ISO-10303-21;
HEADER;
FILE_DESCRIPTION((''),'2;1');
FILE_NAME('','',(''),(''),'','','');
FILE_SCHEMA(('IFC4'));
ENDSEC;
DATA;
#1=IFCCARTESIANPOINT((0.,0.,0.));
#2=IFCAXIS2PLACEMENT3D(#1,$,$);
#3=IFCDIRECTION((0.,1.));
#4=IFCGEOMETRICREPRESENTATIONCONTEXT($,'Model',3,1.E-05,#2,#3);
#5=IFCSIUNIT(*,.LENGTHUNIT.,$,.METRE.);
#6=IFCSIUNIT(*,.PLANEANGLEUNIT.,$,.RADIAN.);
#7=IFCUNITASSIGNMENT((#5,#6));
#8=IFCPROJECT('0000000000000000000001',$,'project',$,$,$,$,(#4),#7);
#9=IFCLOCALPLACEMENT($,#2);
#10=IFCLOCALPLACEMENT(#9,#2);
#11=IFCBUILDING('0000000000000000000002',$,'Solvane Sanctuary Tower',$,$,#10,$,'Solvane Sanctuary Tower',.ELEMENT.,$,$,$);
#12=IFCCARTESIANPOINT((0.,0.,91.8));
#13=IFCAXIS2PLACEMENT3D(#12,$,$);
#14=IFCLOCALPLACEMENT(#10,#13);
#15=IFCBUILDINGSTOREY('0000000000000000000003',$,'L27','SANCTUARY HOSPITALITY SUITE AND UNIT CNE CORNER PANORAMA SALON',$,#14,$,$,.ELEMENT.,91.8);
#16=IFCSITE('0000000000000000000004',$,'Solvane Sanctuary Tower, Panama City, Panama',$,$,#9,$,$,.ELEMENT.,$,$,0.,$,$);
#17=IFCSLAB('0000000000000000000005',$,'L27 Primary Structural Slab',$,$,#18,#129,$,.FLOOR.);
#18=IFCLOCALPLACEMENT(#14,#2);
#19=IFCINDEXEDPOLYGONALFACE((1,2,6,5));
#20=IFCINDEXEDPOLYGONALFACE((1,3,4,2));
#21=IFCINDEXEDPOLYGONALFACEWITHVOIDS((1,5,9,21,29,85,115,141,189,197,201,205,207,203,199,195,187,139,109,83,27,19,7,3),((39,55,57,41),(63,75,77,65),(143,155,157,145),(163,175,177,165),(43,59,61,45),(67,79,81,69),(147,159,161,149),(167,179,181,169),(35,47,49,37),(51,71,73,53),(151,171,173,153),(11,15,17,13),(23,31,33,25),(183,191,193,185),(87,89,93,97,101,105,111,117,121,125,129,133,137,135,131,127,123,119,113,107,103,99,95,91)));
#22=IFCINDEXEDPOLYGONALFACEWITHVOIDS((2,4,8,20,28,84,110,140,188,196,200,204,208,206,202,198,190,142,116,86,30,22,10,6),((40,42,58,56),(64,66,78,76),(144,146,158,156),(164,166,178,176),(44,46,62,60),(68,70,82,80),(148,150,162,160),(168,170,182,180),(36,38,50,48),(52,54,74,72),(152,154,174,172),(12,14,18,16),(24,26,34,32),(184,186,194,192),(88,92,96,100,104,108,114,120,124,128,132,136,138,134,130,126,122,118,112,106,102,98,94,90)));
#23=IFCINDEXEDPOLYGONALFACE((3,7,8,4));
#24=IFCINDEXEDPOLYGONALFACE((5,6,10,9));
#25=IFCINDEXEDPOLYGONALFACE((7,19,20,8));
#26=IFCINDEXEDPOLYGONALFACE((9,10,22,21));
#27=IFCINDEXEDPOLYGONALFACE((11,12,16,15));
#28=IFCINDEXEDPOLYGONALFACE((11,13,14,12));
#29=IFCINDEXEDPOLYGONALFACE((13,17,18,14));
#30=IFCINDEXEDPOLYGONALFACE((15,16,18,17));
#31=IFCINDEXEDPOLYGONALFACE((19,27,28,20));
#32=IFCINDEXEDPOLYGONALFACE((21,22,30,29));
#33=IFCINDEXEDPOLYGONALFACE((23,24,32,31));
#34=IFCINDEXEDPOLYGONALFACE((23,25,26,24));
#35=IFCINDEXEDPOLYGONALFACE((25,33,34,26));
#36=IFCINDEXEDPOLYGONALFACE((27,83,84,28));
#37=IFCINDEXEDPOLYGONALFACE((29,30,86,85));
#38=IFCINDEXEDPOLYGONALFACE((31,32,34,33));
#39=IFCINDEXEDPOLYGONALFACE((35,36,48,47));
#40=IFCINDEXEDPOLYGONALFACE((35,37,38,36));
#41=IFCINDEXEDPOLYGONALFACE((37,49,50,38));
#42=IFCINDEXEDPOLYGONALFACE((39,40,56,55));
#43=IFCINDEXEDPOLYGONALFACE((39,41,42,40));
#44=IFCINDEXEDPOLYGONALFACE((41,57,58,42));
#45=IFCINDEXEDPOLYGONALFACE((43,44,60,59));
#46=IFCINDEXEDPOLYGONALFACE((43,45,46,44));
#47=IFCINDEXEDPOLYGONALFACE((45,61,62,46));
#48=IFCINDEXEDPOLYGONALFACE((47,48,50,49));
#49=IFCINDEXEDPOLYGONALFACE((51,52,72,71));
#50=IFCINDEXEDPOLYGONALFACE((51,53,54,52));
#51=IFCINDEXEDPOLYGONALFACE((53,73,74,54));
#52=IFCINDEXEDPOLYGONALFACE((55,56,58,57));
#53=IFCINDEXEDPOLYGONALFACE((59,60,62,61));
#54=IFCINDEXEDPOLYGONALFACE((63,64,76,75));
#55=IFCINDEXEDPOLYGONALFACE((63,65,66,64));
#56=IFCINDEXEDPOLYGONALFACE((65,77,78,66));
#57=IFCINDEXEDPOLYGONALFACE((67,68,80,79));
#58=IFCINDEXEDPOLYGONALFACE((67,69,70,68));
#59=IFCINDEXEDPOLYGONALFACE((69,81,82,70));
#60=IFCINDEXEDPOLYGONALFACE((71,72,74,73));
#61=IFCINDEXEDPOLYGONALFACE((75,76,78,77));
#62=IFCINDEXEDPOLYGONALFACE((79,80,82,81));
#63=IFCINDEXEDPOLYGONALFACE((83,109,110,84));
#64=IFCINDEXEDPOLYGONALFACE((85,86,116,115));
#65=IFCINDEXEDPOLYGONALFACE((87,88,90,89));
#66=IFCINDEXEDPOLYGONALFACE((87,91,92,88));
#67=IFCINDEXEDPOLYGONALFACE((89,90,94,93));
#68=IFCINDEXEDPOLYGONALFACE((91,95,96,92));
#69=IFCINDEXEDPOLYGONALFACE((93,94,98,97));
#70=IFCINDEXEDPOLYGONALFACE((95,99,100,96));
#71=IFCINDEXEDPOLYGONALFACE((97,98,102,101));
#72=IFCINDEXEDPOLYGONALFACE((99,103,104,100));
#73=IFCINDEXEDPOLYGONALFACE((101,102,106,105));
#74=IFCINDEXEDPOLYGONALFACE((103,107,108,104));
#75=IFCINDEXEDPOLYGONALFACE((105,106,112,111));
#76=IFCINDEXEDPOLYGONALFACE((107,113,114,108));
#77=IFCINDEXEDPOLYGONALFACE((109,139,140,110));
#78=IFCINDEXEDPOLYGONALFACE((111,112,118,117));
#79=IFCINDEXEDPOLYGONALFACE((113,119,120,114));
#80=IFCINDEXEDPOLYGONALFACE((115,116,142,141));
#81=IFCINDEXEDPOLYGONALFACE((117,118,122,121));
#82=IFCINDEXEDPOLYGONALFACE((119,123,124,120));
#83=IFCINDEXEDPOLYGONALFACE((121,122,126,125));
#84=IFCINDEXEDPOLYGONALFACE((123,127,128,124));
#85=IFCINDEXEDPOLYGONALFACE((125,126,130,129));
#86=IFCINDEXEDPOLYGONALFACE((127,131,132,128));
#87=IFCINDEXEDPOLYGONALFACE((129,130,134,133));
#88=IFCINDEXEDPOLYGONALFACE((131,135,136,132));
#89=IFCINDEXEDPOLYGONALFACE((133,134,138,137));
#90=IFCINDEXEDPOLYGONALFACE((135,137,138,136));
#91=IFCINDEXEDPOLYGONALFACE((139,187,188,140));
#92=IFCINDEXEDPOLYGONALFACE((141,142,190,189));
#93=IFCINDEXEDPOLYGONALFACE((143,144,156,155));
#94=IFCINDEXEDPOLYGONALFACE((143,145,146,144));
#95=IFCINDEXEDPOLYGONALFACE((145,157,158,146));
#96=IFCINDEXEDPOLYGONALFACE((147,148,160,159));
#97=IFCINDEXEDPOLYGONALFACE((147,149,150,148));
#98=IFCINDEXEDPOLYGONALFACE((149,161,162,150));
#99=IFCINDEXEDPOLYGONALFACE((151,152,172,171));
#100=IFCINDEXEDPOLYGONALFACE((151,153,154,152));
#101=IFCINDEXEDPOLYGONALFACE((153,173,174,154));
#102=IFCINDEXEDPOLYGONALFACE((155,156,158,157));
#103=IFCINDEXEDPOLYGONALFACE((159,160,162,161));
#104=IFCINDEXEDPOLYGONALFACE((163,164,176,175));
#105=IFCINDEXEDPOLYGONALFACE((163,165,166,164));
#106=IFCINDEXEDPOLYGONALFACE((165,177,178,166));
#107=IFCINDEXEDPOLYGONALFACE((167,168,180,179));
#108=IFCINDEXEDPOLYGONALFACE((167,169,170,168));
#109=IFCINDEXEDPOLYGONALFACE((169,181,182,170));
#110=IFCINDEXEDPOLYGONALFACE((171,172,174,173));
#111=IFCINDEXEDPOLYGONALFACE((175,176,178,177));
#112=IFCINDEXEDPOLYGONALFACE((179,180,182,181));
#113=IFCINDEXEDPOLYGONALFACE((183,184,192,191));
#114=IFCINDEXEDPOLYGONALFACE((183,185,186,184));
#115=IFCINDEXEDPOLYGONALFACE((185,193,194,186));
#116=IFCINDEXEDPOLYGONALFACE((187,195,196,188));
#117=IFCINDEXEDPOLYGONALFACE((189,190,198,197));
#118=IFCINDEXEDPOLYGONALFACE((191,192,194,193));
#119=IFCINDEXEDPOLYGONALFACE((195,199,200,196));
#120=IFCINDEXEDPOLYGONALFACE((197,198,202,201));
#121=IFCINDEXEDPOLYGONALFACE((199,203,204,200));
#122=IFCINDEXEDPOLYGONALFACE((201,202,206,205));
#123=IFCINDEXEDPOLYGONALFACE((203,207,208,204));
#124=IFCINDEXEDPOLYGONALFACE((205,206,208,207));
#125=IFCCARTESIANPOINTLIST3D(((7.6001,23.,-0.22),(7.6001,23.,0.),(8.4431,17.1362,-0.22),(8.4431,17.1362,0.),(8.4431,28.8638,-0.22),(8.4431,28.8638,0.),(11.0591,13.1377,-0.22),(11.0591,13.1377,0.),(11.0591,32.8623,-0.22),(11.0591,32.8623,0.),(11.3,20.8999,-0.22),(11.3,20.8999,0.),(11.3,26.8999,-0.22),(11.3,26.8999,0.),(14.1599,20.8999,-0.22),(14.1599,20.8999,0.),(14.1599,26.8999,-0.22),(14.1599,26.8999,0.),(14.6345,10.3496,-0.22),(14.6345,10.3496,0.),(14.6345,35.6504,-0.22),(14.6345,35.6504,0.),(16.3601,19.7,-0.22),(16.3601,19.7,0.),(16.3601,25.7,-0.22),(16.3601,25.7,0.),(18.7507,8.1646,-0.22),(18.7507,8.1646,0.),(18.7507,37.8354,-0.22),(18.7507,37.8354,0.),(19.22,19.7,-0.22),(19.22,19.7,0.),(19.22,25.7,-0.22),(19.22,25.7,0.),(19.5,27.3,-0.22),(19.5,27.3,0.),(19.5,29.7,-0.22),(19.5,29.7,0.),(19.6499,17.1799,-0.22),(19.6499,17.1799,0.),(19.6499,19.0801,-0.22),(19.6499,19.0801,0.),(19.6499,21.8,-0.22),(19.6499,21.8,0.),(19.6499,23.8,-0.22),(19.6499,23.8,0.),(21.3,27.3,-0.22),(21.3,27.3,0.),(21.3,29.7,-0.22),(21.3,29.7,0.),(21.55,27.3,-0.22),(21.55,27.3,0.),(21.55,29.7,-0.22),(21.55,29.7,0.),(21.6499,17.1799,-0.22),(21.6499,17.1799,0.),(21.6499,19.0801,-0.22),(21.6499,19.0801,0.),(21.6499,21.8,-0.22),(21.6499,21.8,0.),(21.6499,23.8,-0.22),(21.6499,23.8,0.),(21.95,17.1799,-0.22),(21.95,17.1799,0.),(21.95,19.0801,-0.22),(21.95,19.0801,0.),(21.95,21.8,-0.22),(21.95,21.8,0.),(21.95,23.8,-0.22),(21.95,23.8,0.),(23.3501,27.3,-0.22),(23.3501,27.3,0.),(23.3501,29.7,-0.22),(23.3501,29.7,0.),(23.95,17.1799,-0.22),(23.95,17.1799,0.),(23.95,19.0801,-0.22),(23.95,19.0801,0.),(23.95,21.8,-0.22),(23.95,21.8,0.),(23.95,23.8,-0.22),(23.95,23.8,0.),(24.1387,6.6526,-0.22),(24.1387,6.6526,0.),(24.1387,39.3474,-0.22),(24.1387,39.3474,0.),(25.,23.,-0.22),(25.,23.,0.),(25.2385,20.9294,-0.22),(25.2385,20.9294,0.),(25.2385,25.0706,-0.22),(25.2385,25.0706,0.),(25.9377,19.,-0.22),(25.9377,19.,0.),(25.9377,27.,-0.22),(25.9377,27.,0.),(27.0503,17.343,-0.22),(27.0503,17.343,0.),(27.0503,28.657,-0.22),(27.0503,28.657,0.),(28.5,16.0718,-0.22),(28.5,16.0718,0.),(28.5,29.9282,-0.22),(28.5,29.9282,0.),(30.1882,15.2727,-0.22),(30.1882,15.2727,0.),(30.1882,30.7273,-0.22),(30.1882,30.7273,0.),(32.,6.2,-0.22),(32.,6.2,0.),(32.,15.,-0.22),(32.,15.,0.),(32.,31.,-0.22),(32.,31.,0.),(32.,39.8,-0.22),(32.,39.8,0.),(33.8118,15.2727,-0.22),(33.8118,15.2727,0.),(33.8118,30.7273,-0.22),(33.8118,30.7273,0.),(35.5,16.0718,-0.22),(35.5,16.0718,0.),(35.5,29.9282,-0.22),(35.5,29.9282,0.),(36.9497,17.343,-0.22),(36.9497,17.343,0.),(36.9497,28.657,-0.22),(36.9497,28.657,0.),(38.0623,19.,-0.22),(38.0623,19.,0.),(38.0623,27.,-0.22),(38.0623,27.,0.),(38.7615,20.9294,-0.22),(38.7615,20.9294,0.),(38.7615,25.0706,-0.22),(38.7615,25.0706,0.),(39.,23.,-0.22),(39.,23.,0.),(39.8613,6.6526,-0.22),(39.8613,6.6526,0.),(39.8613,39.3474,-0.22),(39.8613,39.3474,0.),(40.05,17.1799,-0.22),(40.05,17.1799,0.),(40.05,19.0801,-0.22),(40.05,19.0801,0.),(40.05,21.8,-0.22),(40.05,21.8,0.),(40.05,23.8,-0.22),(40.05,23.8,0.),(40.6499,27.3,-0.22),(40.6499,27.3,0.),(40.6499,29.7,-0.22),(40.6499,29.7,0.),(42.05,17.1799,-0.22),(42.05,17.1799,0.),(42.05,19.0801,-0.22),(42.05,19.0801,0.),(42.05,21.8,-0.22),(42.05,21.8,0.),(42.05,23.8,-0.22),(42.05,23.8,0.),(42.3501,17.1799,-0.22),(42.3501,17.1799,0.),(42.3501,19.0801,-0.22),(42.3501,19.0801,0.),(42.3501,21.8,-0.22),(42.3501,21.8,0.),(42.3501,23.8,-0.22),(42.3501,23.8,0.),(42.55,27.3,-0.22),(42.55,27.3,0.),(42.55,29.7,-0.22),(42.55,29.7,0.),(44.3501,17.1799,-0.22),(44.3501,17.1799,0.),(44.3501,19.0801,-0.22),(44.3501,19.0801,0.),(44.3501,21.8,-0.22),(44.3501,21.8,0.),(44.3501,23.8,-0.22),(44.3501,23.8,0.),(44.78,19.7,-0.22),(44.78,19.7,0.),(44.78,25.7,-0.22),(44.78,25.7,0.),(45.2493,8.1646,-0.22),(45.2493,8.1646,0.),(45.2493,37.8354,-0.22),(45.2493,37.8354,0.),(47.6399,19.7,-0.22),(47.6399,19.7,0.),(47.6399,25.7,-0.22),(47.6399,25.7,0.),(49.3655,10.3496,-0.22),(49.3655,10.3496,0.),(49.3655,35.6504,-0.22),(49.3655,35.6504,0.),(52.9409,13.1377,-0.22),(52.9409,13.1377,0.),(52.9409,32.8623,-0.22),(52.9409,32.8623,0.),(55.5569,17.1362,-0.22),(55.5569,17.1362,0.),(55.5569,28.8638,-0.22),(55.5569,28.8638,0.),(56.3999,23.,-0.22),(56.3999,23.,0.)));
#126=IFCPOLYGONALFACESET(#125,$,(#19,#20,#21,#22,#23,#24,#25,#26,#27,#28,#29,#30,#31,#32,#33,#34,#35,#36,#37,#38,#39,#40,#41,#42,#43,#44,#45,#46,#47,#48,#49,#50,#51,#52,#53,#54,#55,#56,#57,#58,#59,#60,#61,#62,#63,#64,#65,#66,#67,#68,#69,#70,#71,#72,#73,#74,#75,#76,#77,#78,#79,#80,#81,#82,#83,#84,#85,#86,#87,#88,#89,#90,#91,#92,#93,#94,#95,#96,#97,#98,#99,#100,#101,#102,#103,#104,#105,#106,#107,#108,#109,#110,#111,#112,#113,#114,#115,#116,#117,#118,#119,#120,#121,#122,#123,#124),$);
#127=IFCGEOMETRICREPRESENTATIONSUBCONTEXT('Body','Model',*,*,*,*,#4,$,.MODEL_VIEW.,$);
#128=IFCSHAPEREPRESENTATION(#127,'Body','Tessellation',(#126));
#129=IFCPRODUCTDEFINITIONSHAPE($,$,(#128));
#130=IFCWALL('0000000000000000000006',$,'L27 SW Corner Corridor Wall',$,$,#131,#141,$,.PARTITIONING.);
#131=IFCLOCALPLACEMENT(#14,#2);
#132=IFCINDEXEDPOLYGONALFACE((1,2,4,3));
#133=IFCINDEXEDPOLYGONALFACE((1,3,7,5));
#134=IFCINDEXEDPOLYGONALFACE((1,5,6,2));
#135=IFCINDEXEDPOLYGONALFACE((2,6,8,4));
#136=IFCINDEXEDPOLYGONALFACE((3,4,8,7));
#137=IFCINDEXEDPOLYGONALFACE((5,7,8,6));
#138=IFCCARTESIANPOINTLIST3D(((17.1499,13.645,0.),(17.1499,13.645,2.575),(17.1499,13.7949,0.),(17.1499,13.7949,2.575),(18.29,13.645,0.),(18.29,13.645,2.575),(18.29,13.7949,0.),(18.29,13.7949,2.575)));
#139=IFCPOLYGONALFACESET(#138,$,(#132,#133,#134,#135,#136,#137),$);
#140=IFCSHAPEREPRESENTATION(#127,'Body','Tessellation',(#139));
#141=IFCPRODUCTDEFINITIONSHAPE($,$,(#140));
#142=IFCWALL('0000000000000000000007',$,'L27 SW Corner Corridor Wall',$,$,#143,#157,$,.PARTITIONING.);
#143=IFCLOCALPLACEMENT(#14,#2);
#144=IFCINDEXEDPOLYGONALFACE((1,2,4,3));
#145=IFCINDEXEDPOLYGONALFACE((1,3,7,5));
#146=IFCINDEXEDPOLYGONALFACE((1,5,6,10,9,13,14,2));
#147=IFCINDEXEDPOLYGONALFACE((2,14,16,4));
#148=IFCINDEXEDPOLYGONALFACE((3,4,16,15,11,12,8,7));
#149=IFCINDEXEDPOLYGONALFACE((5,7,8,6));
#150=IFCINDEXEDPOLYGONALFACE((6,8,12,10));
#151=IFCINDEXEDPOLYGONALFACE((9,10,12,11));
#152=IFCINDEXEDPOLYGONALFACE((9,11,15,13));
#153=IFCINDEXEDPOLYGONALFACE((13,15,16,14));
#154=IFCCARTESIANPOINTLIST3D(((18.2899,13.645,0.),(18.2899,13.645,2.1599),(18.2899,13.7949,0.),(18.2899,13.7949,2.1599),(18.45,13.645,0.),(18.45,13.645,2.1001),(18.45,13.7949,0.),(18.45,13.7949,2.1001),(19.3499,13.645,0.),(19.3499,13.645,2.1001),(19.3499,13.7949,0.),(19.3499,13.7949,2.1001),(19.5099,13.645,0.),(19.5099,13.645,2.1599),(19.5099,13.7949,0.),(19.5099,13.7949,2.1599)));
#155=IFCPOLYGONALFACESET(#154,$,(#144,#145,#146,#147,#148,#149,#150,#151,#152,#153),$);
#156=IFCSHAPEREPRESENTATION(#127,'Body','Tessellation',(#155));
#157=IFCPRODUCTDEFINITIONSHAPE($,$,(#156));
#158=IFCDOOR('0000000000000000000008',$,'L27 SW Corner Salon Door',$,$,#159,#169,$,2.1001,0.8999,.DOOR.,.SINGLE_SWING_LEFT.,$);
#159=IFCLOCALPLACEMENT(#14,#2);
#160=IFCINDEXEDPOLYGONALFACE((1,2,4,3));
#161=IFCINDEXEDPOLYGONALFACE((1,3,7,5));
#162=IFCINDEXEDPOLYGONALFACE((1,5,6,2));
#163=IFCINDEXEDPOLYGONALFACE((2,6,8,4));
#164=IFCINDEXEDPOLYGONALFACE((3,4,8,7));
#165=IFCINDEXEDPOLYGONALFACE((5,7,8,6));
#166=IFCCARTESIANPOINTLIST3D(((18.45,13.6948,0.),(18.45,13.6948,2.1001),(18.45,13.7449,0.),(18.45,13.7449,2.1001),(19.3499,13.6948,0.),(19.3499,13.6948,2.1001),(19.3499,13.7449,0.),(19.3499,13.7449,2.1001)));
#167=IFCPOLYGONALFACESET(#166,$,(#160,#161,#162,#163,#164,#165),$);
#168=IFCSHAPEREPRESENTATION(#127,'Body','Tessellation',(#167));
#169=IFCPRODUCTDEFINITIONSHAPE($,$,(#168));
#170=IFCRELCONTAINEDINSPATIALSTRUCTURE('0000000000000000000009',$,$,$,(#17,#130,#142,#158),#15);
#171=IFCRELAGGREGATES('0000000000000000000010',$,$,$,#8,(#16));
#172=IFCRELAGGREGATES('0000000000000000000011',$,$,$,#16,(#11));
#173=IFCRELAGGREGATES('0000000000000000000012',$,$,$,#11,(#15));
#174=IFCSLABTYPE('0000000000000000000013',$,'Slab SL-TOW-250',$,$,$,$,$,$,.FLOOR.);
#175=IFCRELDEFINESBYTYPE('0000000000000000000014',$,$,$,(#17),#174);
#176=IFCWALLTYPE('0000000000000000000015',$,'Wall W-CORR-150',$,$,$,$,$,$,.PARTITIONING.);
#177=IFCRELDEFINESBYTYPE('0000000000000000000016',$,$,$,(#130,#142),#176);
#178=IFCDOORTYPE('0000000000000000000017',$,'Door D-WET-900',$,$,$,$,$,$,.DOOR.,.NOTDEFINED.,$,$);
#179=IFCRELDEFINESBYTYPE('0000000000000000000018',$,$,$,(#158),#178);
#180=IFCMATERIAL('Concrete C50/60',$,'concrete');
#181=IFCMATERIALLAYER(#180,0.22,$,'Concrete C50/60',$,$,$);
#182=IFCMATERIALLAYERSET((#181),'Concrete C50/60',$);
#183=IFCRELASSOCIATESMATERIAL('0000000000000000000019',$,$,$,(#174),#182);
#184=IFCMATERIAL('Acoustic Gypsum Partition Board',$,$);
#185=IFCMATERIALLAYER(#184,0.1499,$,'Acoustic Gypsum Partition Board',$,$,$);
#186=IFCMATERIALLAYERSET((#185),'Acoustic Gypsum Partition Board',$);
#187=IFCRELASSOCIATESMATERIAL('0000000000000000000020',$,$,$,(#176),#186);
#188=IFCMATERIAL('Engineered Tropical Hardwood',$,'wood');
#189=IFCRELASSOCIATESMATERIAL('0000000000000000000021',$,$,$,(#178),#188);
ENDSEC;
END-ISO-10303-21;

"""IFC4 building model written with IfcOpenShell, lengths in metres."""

from ifc_helpers import new_model, si_unit, direction, frame, frame_2d, origin, place, context, subcontext, project, spatial, polyline, rectangle, outline, extrude, material, layer, layer_set, type_object, element, fill, save


model = new_model("IFC4")

# Units and contexts
model_context = context("Model", 3, precision=1e-05, world=origin(), true_north=direction((0.0, 1.0)))
body_context = subcontext(model_context, "Body", "Model", "MODEL_VIEW")
ifc_project = project(units=[si_unit("LENGTHUNIT", "METRE"), si_unit("PLANEANGLEUNIT", "RADIAN")], contexts=[model_context])

# Site, building, storey
site_placement = place(None, origin())
site = spatial("IfcSite", under=ifc_project, at=site_placement, Name="Solvane Sanctuary Tower, Panama City, Panama", CompositionType="ELEMENT", RefElevation=0.0)
building_placement = place(site_placement, origin())
building = spatial("IfcBuilding", under=site, at=building_placement, Name="Solvane Sanctuary Tower", LongName="Solvane Sanctuary Tower", CompositionType="ELEMENT")
storey_placement = place(building_placement, frame((0.0, 0.0, 91.8)))
storey = spatial("IfcBuildingStorey", under=building, at=storey_placement, Name="L27", Description="SANCTUARY HOSPITALITY SUITE AND UNIT CNE CORNER PANORAMA SALON", CompositionType="ELEMENT", Elevation=91.8)

# Slab
ifc_material_1 = material(Name="Concrete C50/60", Category="concrete")
ifc_layer_1 = layer(ifc_material_1, 0.22, Name="Concrete C50/60")
ifc_layer_set_1 = layer_set([ifc_layer_1], Name="Concrete C50/60")
slab_type_1 = type_object("IfcSlabType", Name="Slab SL-TOW-250", PredefinedType="FLOOR", material=ifc_layer_set_1)
slab_1_placement = place(storey_placement, frame((0.0, 0.0, -0.22)))
element("IfcSlab", 1, at=slab_1_placement, inside=storey, type_object=slab_type_1, Name="L27 Primary Structural Slab", PredefinedType="FLOOR", context=body_context, shape_type="SweptSolid", body=[
    extrude(outline(polyline([(56.3999, 23.0), (55.5569, 28.8638), (52.9409, 32.8623), (49.3655, 35.6504), (45.2493, 37.8354), (39.8613, 39.3474), (32.0, 39.8), (24.1387, 39.3474), (18.7507, 37.8354), (14.6345, 35.6504), (11.0591, 32.8623), (8.4431, 28.8638), (7.6001, 23.0), (8.4431, 17.1362), (11.0591, 13.1377), (14.6345, 10.3496), (18.7507, 8.1646), (24.1387, 6.6526), (32.0, 6.2), (39.8613, 6.6526), (45.2493, 8.1646), (49.3655, 10.3496), (52.9409, 13.1377), (55.5569, 17.1362), (56.3999, 23.0)]), holes=[polyline([(38.7615, 20.9294), (38.0623, 19.0), (36.9497, 17.343), (35.5, 16.0718), (33.8118, 15.2727), (32.0, 15.0), (30.1882, 15.2727), (28.5, 16.0718), (27.0503, 17.343), (25.9377, 19.0), (25.2385, 20.9294), (25.0, 23.0), (25.2385, 25.0706), (25.9377, 27.0), (27.0503, 28.657), (28.5, 29.9282), (30.1882, 30.7273), (32.0, 31.0), (33.8118, 30.7273), (35.5, 29.9282), (36.9497, 28.657), (38.0623, 27.0), (38.7615, 25.0706), (39.0, 23.0), (38.7615, 20.9294)]), polyline([(16.3601, 19.7), (16.3601, 25.7), (19.22, 25.7), (19.22, 19.7), (16.3601, 19.7)]), polyline([(44.78, 19.7), (44.78, 25.7), (47.6399, 25.7), (47.6399, 19.7), (44.78, 19.7)]), polyline([(11.3, 20.8999), (11.3, 26.8999), (14.1599, 26.8999), (14.1599, 20.8999), (11.3, 20.8999)]), polyline([(19.6499, 19.0801), (21.6499, 19.0801), (21.6499, 17.1799), (19.6499, 17.1799), (19.6499, 19.0801)]), polyline([(21.95, 19.0801), (23.95, 19.0801), (23.95, 17.1799), (21.95, 17.1799), (21.95, 19.0801)]), polyline([(40.05, 19.0801), (42.05, 19.0801), (42.05, 17.1799), (40.05, 17.1799), (40.05, 19.0801)]), polyline([(42.3501, 19.0801), (44.3501, 19.0801), (44.3501, 17.1799), (42.3501, 17.1799), (42.3501, 19.0801)]), polyline([(19.6499, 23.8), (21.6499, 23.8), (21.6499, 21.8), (19.6499, 21.8), (19.6499, 23.8)]), polyline([(42.3501, 23.8), (44.3501, 23.8), (44.3501, 21.8), (42.3501, 21.8), (42.3501, 23.8)]), polyline([(21.95, 23.8), (23.95, 23.8), (23.95, 21.8), (21.95, 21.8), (21.95, 23.8)]), polyline([(40.05, 23.8), (42.05, 23.8), (42.05, 21.8), (40.05, 21.8), (40.05, 23.8)]), polyline([(19.5, 29.7), (21.3, 29.7), (21.3, 27.3), (19.5, 27.3), (19.5, 29.7)]), polyline([(21.55, 29.7), (23.3501, 29.7), (23.3501, 27.3), (21.55, 27.3), (21.55, 29.7)]), polyline([(40.6499, 29.7), (42.55, 29.7), (42.55, 27.3), (40.6499, 27.3), (40.6499, 29.7)])]), origin(), (0.0, 0.0, 1.0), 0.22),
])

# Wall
ifc_material_2 = material(Name="Acoustic Gypsum Partition Board")
ifc_layer_2 = layer(ifc_material_2, 0.1499, Name="Acoustic Gypsum Partition Board")
ifc_layer_set_2 = layer_set([ifc_layer_2], Name="Acoustic Gypsum Partition Board")
wall_type_1 = type_object("IfcWallType", Name="Wall W-CORR-150", PredefinedType="PARTITIONING", material=ifc_layer_set_2)
wall_1_placement = place(storey_placement, frame((17.1499, 13.72, 0.0), z_axis=(0.0, 0.0, 1.0), x_axis=(1.0, 0.0, 0.0)))
element("IfcWall", 2, at=wall_1_placement, inside=storey, type_object=wall_type_1, Name="L27 SW Corner Corridor Wall", PredefinedType="PARTITIONING", context=body_context, shape_type="SweptSolid", body=[
    extrude(rectangle(XDim=1.1401, YDim=0.1499, at=frame_2d((0.5701, 0.0))), origin(), (0.0, 0.0, 1.0), 2.575),
])

# Wall, opening, door
wall_2_placement = place(storey_placement, frame((18.29, 13.72, 0.0), z_axis=(0.0, 0.0, 1.0), x_axis=(1.0, 0.0, 0.0)))
wall_2 = element("IfcWall", 3, at=wall_2_placement, inside=storey, type_object=wall_type_1, Name="L27 SW Corner Corridor Wall", PredefinedType="PARTITIONING", context=body_context, shape_type="SweptSolid", body=[
    extrude(rectangle(XDim=1.22, YDim=0.1499, at=frame_2d((0.6099, 0.0))), origin(), (0.0, 0.0, 1.0), 2.1599),
])
opening_1_placement = place(wall_2_placement, frame((0.1599, 0.0, 0.0)))
opening_1 = element("IfcOpeningElement", 4, at=opening_1_placement, cuts=wall_2, PredefinedType="OPENING", context=body_context, shape_type="SweptSolid", body=[
    extrude(rectangle(XDim=0.8999, YDim=2.1001, at=frame_2d((0.45, 1.05))), frame((0.0, 0.085, 0.0), z_axis=(0.0, -1.0, 0.0), x_axis=(1.0, 0.0, 0.0)), (0.0, 0.0, 1.0), 0.1699),
])
ifc_material_3 = material(Name="Engineered Tropical Hardwood", Category="wood")
door_type = type_object("IfcDoorType", Name="Door D-WET-900", OperationType="NOTDEFINED", PredefinedType="DOOR", material=ifc_material_3)
door_placement = place(opening_1_placement, origin())
door = element("IfcDoor", 5, at=door_placement, inside=storey, type_object=door_type, Name="L27 SW Corner Salon Door", OperationType="SINGLE_SWING_LEFT", OverallHeight=2.1001, OverallWidth=0.8999, PredefinedType="DOOR", context=body_context, shape_type="SweptSolid", body=[
    extrude(rectangle(XDim=0.8999, YDim=2.1001, at=frame_2d((0.45, 1.05))), frame((0.0, 0.0249, 0.0), z_axis=(0.0, -1.0, 0.0), x_axis=(1.0, 0.0, 0.0)), (0.0, 0.0, 1.0), 0.05),
])
fill(opening_1, door)

save(model, "model.ifc")
